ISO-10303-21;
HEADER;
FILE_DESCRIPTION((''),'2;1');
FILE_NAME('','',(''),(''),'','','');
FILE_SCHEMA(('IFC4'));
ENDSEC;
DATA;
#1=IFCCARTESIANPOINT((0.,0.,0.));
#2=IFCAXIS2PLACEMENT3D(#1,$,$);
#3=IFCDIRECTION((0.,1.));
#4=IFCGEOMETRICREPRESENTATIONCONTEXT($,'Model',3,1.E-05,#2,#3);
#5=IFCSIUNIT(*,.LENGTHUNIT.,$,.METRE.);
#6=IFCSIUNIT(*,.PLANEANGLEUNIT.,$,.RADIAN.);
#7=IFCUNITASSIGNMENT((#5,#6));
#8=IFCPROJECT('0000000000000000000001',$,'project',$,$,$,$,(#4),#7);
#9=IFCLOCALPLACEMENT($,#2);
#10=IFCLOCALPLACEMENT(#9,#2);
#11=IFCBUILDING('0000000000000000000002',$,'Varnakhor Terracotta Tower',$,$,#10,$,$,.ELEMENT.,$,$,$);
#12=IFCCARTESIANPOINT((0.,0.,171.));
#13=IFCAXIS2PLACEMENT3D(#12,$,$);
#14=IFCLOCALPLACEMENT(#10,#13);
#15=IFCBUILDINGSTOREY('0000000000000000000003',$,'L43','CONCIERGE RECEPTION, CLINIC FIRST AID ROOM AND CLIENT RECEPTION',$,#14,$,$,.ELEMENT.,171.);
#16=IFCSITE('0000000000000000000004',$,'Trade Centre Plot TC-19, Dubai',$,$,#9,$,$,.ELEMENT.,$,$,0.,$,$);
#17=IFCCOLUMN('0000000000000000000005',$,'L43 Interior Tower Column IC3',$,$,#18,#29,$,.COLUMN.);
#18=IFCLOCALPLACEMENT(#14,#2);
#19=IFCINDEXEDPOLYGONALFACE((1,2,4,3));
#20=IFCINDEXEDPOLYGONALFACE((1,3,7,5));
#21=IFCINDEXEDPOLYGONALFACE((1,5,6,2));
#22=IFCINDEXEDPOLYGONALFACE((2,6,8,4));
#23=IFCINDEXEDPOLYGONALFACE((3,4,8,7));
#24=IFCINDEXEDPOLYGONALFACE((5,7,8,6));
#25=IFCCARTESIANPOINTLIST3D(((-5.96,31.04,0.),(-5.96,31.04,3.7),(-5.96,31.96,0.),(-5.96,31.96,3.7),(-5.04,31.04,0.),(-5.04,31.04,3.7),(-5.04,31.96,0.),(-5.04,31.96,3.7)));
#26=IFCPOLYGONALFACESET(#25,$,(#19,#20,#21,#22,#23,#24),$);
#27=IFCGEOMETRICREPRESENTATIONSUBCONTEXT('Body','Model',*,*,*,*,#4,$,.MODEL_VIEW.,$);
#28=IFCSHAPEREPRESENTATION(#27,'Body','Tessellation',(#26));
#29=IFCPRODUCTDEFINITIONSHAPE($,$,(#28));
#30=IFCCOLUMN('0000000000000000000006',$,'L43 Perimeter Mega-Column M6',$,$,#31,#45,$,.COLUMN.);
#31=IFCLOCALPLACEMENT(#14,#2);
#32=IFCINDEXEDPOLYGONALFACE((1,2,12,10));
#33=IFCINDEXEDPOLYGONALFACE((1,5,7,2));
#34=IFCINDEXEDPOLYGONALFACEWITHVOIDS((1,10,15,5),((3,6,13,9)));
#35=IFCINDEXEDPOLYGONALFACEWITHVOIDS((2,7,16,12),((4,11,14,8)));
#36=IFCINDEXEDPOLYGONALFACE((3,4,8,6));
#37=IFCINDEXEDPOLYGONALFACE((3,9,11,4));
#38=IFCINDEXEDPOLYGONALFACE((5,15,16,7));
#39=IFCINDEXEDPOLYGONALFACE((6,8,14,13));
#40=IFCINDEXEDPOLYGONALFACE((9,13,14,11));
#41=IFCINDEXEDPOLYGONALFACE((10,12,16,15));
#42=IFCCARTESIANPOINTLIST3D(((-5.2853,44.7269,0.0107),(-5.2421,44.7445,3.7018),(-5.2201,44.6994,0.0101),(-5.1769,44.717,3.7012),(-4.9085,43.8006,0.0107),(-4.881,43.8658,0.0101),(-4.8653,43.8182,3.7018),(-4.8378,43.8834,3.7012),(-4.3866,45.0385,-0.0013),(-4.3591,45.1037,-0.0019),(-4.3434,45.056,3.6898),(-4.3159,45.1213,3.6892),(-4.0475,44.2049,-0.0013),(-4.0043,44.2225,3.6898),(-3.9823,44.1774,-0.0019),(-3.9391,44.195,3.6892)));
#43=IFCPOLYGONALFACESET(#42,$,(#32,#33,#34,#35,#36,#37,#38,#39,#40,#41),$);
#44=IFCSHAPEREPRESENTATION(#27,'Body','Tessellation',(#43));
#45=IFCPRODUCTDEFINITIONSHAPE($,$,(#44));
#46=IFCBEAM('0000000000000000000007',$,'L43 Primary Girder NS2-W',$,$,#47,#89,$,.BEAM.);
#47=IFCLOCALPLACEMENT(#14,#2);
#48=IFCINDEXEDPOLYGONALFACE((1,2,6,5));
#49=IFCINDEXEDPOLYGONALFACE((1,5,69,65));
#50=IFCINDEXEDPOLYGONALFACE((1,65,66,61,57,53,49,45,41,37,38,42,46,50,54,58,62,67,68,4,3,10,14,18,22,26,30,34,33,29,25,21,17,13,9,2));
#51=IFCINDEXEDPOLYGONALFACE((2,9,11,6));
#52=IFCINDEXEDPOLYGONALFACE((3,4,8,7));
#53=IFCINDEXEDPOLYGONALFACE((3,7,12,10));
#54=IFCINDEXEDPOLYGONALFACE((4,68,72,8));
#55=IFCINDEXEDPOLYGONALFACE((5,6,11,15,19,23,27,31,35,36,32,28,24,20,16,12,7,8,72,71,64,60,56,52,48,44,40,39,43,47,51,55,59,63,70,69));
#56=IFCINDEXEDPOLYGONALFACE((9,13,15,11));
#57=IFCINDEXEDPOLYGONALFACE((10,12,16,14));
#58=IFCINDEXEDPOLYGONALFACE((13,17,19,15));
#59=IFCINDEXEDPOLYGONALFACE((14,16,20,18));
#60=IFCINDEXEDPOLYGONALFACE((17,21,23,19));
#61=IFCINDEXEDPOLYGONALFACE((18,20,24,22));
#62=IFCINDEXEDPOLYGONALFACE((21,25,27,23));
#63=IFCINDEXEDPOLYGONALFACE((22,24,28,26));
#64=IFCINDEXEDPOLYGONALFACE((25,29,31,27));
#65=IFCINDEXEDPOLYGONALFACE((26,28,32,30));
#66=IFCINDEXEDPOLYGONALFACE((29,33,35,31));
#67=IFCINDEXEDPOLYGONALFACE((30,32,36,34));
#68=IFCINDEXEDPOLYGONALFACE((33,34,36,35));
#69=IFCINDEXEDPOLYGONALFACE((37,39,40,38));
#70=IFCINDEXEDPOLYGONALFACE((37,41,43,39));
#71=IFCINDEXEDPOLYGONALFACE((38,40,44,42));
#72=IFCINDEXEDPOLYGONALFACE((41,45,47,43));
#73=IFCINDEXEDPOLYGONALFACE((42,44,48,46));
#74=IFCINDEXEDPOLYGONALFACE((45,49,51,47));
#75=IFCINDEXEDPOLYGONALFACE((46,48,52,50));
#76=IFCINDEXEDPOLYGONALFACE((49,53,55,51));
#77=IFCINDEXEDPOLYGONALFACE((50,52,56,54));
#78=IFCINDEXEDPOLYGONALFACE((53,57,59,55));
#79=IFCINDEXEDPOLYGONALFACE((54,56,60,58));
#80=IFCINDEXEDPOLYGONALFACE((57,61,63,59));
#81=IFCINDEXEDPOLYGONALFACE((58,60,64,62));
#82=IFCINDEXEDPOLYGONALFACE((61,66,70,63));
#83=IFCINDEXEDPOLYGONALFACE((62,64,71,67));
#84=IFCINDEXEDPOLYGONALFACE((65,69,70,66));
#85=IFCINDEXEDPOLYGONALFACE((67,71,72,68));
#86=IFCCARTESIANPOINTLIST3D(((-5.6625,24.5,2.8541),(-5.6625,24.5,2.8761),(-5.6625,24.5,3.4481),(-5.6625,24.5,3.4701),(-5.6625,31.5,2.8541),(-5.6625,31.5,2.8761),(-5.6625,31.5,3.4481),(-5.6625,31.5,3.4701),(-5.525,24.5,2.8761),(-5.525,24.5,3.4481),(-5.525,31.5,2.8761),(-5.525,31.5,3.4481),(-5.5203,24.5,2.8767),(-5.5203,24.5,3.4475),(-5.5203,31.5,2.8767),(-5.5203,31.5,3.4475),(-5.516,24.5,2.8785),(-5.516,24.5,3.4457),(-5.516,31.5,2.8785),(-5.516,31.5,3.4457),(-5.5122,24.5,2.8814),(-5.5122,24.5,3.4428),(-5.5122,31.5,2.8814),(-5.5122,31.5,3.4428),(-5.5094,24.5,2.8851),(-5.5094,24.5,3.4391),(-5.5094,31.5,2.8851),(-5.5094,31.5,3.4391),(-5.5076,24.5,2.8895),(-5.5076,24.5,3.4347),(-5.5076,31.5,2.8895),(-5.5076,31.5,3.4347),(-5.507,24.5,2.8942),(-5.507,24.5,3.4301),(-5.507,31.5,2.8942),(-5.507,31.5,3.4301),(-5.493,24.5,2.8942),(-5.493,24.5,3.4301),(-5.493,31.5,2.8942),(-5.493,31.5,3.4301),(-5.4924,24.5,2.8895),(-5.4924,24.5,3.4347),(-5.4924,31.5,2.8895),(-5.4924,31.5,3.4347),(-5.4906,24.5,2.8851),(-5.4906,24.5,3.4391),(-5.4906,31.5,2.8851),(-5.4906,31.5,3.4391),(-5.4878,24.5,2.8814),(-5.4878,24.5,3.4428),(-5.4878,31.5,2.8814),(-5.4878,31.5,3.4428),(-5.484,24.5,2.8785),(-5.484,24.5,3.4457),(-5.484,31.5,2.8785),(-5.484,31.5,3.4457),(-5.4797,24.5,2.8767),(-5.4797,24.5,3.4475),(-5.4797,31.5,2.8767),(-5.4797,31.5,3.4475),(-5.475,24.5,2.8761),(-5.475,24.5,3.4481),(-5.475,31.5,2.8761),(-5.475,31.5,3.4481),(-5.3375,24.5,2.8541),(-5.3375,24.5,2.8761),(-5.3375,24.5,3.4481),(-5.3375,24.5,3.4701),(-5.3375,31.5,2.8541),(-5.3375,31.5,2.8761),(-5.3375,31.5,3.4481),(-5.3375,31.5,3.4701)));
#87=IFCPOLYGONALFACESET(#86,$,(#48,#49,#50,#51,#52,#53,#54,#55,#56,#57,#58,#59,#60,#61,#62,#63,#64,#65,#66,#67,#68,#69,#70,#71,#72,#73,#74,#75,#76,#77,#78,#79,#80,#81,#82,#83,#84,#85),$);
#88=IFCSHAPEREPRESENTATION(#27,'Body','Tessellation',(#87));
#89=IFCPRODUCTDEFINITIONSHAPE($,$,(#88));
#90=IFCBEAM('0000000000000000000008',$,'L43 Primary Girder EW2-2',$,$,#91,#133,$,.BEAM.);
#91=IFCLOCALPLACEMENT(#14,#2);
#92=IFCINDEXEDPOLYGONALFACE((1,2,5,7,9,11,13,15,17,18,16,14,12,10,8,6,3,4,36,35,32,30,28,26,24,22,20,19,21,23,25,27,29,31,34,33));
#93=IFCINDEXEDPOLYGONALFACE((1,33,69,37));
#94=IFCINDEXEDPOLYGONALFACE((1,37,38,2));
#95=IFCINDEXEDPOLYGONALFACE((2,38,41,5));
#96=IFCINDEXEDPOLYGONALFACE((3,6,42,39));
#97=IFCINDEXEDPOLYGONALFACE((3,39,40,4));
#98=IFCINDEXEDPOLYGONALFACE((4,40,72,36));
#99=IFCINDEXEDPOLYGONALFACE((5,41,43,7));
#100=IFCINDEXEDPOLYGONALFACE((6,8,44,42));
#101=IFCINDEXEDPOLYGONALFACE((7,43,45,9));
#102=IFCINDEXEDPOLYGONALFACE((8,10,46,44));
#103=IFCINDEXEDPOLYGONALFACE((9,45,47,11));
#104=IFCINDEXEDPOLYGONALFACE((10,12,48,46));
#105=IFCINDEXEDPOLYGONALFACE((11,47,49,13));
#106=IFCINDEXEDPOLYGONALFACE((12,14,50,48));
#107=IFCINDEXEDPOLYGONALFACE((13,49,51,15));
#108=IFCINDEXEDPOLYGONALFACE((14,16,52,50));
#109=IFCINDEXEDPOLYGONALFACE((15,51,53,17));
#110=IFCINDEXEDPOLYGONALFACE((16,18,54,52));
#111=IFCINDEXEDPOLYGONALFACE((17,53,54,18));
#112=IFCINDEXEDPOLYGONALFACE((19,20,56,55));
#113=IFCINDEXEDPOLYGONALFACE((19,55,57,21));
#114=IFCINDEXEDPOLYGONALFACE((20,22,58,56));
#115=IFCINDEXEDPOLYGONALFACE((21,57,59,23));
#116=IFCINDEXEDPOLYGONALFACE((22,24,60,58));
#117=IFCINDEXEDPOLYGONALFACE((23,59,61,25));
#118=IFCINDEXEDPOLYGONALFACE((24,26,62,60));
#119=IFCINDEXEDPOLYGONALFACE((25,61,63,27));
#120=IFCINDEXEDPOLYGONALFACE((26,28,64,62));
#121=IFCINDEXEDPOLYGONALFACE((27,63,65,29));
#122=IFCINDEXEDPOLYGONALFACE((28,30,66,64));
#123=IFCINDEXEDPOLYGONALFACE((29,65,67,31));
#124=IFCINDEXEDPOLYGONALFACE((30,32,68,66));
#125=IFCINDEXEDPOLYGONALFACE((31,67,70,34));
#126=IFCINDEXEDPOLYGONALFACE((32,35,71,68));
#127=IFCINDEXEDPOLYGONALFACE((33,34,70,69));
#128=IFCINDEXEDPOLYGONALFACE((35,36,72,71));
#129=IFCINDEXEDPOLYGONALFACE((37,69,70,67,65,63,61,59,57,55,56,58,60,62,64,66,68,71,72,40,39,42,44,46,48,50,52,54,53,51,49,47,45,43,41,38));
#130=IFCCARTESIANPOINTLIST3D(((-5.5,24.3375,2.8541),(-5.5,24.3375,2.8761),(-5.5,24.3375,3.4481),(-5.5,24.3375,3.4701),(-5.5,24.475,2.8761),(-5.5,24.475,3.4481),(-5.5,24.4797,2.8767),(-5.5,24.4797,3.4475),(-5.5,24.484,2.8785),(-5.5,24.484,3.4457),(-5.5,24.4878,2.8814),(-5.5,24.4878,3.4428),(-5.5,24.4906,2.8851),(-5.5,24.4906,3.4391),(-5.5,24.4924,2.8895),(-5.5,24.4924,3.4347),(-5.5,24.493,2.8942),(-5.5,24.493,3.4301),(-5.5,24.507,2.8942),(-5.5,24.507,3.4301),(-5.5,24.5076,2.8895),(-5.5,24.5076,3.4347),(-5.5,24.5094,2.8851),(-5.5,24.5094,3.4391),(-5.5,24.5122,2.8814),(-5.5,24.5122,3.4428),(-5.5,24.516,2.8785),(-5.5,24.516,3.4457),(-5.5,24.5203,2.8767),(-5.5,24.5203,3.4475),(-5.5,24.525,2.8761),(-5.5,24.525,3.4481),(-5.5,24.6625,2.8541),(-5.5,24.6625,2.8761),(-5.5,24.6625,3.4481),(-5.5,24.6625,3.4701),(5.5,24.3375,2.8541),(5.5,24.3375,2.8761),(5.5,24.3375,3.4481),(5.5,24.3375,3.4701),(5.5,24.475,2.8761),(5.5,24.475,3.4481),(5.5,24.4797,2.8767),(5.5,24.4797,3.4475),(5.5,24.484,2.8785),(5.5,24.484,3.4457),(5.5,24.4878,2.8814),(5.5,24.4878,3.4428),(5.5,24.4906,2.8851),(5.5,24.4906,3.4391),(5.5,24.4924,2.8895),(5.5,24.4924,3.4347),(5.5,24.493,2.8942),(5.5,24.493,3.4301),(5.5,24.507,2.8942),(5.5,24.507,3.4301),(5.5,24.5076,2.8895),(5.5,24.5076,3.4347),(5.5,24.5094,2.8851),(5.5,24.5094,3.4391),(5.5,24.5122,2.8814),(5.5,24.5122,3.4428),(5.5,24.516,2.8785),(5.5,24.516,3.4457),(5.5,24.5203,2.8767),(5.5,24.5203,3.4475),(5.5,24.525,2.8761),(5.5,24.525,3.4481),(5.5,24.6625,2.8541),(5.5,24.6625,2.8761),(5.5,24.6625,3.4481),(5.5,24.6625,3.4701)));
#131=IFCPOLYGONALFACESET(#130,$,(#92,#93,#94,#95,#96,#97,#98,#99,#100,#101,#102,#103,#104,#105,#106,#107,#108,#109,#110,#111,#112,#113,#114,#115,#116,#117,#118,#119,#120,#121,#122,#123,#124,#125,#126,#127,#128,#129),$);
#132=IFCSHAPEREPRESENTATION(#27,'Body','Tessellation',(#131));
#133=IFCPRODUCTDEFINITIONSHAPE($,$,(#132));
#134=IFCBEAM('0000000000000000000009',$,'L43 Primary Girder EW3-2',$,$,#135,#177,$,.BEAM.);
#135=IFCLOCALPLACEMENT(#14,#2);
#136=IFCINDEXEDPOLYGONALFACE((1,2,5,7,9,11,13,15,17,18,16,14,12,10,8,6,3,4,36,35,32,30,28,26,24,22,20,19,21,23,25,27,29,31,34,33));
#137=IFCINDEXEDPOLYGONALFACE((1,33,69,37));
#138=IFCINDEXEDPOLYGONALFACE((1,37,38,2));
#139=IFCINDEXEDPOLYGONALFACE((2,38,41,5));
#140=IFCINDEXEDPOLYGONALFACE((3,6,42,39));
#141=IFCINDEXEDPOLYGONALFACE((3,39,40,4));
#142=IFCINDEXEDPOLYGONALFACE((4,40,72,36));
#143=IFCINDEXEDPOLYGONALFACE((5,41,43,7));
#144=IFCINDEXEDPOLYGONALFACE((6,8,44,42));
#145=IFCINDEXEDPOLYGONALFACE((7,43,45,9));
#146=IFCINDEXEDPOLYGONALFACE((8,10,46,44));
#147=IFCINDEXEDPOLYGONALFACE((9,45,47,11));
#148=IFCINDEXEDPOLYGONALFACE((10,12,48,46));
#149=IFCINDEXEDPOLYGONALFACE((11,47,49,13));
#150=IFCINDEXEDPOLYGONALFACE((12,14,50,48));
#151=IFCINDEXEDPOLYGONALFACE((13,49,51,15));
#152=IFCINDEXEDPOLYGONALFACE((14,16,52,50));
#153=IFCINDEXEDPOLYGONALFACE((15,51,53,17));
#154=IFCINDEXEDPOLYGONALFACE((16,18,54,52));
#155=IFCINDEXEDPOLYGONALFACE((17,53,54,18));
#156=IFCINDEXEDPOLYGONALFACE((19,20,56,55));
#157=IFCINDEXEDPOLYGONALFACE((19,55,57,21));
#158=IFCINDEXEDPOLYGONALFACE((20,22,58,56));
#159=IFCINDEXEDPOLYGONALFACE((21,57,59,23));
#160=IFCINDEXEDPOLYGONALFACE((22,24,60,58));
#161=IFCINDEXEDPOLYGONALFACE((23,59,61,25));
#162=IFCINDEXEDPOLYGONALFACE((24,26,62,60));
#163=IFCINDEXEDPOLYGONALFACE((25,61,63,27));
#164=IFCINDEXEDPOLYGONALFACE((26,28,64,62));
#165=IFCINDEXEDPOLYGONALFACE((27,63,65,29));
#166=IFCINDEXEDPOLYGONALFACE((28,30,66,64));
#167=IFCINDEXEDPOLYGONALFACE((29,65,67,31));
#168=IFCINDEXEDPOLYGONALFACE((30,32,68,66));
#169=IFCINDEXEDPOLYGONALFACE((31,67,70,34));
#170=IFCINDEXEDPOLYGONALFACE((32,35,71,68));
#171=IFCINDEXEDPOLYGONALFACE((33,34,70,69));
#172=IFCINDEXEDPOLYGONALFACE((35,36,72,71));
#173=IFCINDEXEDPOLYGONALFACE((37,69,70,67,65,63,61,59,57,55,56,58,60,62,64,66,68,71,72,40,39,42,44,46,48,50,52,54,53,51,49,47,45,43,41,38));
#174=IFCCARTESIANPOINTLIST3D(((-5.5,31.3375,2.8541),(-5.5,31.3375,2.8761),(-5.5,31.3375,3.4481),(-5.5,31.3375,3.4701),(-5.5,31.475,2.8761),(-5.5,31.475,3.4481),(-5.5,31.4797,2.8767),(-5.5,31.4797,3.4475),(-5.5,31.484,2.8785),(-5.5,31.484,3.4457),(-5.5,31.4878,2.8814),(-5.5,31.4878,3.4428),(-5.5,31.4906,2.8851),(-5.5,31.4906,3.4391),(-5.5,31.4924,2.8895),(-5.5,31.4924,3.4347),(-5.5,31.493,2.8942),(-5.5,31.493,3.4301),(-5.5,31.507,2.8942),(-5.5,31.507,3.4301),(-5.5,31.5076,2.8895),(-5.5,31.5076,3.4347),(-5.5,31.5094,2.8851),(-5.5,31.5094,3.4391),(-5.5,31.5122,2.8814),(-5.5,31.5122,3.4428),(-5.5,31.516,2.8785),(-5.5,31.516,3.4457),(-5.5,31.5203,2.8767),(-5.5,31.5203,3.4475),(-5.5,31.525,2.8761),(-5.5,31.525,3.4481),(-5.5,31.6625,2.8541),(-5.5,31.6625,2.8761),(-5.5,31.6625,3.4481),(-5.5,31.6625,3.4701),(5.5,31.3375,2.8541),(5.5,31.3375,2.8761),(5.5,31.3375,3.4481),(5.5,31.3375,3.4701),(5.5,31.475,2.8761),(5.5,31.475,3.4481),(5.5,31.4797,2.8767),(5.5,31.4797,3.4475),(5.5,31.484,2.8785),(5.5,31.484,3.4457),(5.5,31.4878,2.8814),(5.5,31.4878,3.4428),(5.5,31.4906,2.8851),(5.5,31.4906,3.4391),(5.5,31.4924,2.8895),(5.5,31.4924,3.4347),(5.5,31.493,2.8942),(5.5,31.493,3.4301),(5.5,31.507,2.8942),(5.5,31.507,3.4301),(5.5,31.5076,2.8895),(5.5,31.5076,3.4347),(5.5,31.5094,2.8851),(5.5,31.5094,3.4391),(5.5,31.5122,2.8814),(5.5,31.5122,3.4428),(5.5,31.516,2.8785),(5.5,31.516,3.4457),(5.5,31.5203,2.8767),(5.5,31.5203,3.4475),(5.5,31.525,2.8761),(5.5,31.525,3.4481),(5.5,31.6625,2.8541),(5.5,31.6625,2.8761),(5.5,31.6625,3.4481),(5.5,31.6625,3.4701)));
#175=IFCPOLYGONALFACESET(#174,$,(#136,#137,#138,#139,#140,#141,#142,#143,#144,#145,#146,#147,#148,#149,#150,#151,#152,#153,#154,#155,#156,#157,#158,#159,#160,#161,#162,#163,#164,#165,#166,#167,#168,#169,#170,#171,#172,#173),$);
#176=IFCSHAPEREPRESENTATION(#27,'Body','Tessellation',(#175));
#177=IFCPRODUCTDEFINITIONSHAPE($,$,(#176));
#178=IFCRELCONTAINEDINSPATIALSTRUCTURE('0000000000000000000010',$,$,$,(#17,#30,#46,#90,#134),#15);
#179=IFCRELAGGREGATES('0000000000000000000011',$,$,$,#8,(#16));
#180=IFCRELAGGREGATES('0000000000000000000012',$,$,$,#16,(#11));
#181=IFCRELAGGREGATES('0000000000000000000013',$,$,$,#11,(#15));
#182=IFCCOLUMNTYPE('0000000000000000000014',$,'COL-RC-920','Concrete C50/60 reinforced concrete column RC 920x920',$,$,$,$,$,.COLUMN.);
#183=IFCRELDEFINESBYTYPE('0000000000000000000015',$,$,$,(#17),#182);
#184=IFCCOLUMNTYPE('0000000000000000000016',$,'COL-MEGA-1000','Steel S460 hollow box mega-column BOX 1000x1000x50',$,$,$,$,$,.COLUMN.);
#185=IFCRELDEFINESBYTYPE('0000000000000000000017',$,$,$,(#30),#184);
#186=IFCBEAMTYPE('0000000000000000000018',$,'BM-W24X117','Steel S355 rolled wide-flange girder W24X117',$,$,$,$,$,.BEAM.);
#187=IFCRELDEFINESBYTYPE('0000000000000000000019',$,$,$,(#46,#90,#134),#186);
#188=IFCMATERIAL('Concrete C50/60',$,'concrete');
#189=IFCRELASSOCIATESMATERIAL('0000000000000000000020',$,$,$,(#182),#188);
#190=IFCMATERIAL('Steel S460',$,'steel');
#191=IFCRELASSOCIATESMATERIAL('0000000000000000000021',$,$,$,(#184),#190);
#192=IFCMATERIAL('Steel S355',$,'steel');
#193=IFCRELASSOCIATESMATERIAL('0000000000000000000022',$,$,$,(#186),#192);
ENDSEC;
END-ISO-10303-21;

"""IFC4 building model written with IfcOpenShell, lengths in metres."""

from ifc_helpers import new_model, si_unit, direction, frame, origin, origin_2d, place, context, subcontext, project, spatial, rectangle, hollow_rectangle, i_section, extrude, source, transform, mapped, material, material_profile, profile_set, type_object, type_shapes, element, save


model = new_model("IFC4")

# Units and contexts
model_context = context("Model", 3, precision=1e-05, world=origin(), true_north=direction((0.0, 1.0)))
body_context = subcontext(model_context, "Body", "Model", "MODEL_VIEW")
ifc_project = project(units=[si_unit("LENGTHUNIT", "METRE"), si_unit("PLANEANGLEUNIT", "RADIAN")], contexts=[model_context])

# Site, building, storey
site_placement = place(None, origin())
site = spatial("IfcSite", under=ifc_project, at=site_placement, Name="Trade Centre Plot TC-19, Dubai", CompositionType="ELEMENT", RefElevation=0.0)
building_placement = place(site_placement, origin())
building = spatial("IfcBuilding", under=site, at=building_placement, Name="Varnakhor Terracotta Tower", CompositionType="ELEMENT")
storey_placement = place(building_placement, frame((0.0, 0.0, 171.0)))
storey = spatial("IfcBuildingStorey", under=building, at=storey_placement, Name="L43", Description="CONCIERGE RECEPTION, CLINIC FIRST AID ROOM AND CLIENT RECEPTION", CompositionType="ELEMENT", Elevation=171.0)

# Columns
ifc_material_1 = material(Name="Concrete C50/60", Category="concrete")
ifc_material_profile_1 = material_profile(ifc_material_1, rectangle(XDim=0.9199, YDim=0.9199, at=origin_2d()), Name="RC 920x920")
ifc_profile_set_1 = profile_set([ifc_material_profile_1], Name="Concrete C50/60")
column_type_1 = type_object("IfcColumnType", Name="COL-RC-920", Description="Concrete C50/60 reinforced concrete column RC 920x920", PredefinedType="COLUMN", material=ifc_profile_set_1)
shared_shape_1 = source(origin(), body_context, "Body", "SweptSolid", [
    extrude(rectangle(XDim=0.9199, YDim=0.9199, at=origin_2d()), origin(), (0.0, 0.0, 1.0), 3.7),
])
column_1_placement = place(storey_placement, frame((-5.5, 31.5, 0.0), z_axis=(0.0, 0.0, 1.0), x_axis=(1.0, 0.0, 0.0)))
element("IfcColumn", 1, at=column_1_placement, inside=storey, type_object=column_type_1, Name="L43 Interior Tower Column IC3", PredefinedType="COLUMN", context=body_context, shape_type="MappedRepresentation", body=[
    mapped(shared_shape_1, transform((0.0, 0.0, 0.0), scale=1.0)),
])
ifc_material_2 = material(Name="Steel S460", Category="steel")
ifc_material_profile_2 = material_profile(ifc_material_2, hollow_rectangle(XDim=1.0, YDim=1.0, WallThickness=0.05, at=origin_2d()), Name="BOX 1000x1000x50")
ifc_profile_set_2 = profile_set([ifc_material_profile_2], Name="Steel S460")
column_type_2 = type_object("IfcColumnType", Name="COL-MEGA-1000", Description="Steel S460 hollow box mega-column BOX 1000x1000x50", PredefinedType="COLUMN", material=ifc_profile_set_2)
shared_shape_2 = source(origin(), body_context, "Body", "SweptSolid", [
    extrude(hollow_rectangle(XDim=1.0, YDim=1.0, WallThickness=0.05, at=origin_2d()), origin(), (0.0, 0.0, 1.0), 3.6914),
])
type_shapes(column_type_2, [shared_shape_2])
column_2_placement = place(storey_placement, frame((-4.6338, 44.4521, 0.0044), z_axis=(0.011706, 0.004762, 0.99992), x_axis=(-0.376798, 0.926295, 0.0)))
element("IfcColumn", 2, at=column_2_placement, inside=storey, type_object=column_type_2, Name="L43 Perimeter Mega-Column M6", PredefinedType="COLUMN", context=body_context, shape_type="MappedRepresentation", body=[
    mapped(shared_shape_2, transform((0.0, 0.0, 0.0), scale=1.0)),
])

# Beams
ifc_material_3 = material(Name="Steel S355", Category="steel")
ifc_material_profile_3 = material_profile(ifc_material_3, i_section(OverallWidth=0.325, OverallDepth=0.616, WebThickness=0.0139, FlangeThickness=0.022, FilletRadius=0.0181, at=origin_2d()), Name="W24X117")
ifc_profile_set_3 = profile_set([ifc_material_profile_3], Name="Steel S355")
beam_type_1 = type_object("IfcBeamType", Name="BM-W24X117", Description="Steel S355 rolled wide-flange girder W24X117", PredefinedType="BEAM", material=ifc_profile_set_3)
shared_shape_3 = source(origin(), body_context, "Body", "SweptSolid", [
    extrude(i_section(OverallWidth=0.325, OverallDepth=0.616, WebThickness=0.0139, FlangeThickness=0.022, FilletRadius=0.0181, at=origin_2d()), origin(), (0.0, 0.0, 1.0), 7.0),
])
beam_1_placement = place(storey_placement, frame((-5.5, 24.5, 3.1621), z_axis=(0.0, 1.0, 0.0), x_axis=(-1.0, 0.0, 0.0)))
element("IfcBeam", 3, at=beam_1_placement, inside=storey, type_object=beam_type_1, Name="L43 Primary Girder NS2-W", PredefinedType="BEAM", context=body_context, shape_type="MappedRepresentation", body=[
    mapped(shared_shape_3, transform((0.0, 0.0, 0.0), scale=1.0)),
])
shared_shape_4 = source(origin(), body_context, "Body", "SweptSolid", [
    extrude(i_section(OverallWidth=0.325, OverallDepth=0.616, WebThickness=0.0139, FlangeThickness=0.022, FilletRadius=0.0181, at=origin_2d()), origin(), (0.0, 0.0, 1.0), 11.0),
])
for number, where, z_axis, x_axis, name in (
    (4, (-5.5, 24.5, 3.1621), (1.0, 0.0, 0.0), (0.0, 1.0, 0.0), "L43 Primary Girder EW2-2"),
    (5, (-5.5, 31.5, 3.1621), (1.0, 0.0, 0.0), (0.0, 1.0, 0.0), "L43 Primary Girder EW3-2"),
):
    element("IfcBeam", number, at=place(storey_placement, frame(where, z_axis=z_axis, x_axis=x_axis)), inside=storey, type_object=beam_type_1, Name=name, PredefinedType="BEAM", context=body_context, shape_type="MappedRepresentation", body=[
        mapped(shared_shape_4, transform((0.0, 0.0, 0.0), scale=1.0)),
    ])

save(model, "model.ifc")
